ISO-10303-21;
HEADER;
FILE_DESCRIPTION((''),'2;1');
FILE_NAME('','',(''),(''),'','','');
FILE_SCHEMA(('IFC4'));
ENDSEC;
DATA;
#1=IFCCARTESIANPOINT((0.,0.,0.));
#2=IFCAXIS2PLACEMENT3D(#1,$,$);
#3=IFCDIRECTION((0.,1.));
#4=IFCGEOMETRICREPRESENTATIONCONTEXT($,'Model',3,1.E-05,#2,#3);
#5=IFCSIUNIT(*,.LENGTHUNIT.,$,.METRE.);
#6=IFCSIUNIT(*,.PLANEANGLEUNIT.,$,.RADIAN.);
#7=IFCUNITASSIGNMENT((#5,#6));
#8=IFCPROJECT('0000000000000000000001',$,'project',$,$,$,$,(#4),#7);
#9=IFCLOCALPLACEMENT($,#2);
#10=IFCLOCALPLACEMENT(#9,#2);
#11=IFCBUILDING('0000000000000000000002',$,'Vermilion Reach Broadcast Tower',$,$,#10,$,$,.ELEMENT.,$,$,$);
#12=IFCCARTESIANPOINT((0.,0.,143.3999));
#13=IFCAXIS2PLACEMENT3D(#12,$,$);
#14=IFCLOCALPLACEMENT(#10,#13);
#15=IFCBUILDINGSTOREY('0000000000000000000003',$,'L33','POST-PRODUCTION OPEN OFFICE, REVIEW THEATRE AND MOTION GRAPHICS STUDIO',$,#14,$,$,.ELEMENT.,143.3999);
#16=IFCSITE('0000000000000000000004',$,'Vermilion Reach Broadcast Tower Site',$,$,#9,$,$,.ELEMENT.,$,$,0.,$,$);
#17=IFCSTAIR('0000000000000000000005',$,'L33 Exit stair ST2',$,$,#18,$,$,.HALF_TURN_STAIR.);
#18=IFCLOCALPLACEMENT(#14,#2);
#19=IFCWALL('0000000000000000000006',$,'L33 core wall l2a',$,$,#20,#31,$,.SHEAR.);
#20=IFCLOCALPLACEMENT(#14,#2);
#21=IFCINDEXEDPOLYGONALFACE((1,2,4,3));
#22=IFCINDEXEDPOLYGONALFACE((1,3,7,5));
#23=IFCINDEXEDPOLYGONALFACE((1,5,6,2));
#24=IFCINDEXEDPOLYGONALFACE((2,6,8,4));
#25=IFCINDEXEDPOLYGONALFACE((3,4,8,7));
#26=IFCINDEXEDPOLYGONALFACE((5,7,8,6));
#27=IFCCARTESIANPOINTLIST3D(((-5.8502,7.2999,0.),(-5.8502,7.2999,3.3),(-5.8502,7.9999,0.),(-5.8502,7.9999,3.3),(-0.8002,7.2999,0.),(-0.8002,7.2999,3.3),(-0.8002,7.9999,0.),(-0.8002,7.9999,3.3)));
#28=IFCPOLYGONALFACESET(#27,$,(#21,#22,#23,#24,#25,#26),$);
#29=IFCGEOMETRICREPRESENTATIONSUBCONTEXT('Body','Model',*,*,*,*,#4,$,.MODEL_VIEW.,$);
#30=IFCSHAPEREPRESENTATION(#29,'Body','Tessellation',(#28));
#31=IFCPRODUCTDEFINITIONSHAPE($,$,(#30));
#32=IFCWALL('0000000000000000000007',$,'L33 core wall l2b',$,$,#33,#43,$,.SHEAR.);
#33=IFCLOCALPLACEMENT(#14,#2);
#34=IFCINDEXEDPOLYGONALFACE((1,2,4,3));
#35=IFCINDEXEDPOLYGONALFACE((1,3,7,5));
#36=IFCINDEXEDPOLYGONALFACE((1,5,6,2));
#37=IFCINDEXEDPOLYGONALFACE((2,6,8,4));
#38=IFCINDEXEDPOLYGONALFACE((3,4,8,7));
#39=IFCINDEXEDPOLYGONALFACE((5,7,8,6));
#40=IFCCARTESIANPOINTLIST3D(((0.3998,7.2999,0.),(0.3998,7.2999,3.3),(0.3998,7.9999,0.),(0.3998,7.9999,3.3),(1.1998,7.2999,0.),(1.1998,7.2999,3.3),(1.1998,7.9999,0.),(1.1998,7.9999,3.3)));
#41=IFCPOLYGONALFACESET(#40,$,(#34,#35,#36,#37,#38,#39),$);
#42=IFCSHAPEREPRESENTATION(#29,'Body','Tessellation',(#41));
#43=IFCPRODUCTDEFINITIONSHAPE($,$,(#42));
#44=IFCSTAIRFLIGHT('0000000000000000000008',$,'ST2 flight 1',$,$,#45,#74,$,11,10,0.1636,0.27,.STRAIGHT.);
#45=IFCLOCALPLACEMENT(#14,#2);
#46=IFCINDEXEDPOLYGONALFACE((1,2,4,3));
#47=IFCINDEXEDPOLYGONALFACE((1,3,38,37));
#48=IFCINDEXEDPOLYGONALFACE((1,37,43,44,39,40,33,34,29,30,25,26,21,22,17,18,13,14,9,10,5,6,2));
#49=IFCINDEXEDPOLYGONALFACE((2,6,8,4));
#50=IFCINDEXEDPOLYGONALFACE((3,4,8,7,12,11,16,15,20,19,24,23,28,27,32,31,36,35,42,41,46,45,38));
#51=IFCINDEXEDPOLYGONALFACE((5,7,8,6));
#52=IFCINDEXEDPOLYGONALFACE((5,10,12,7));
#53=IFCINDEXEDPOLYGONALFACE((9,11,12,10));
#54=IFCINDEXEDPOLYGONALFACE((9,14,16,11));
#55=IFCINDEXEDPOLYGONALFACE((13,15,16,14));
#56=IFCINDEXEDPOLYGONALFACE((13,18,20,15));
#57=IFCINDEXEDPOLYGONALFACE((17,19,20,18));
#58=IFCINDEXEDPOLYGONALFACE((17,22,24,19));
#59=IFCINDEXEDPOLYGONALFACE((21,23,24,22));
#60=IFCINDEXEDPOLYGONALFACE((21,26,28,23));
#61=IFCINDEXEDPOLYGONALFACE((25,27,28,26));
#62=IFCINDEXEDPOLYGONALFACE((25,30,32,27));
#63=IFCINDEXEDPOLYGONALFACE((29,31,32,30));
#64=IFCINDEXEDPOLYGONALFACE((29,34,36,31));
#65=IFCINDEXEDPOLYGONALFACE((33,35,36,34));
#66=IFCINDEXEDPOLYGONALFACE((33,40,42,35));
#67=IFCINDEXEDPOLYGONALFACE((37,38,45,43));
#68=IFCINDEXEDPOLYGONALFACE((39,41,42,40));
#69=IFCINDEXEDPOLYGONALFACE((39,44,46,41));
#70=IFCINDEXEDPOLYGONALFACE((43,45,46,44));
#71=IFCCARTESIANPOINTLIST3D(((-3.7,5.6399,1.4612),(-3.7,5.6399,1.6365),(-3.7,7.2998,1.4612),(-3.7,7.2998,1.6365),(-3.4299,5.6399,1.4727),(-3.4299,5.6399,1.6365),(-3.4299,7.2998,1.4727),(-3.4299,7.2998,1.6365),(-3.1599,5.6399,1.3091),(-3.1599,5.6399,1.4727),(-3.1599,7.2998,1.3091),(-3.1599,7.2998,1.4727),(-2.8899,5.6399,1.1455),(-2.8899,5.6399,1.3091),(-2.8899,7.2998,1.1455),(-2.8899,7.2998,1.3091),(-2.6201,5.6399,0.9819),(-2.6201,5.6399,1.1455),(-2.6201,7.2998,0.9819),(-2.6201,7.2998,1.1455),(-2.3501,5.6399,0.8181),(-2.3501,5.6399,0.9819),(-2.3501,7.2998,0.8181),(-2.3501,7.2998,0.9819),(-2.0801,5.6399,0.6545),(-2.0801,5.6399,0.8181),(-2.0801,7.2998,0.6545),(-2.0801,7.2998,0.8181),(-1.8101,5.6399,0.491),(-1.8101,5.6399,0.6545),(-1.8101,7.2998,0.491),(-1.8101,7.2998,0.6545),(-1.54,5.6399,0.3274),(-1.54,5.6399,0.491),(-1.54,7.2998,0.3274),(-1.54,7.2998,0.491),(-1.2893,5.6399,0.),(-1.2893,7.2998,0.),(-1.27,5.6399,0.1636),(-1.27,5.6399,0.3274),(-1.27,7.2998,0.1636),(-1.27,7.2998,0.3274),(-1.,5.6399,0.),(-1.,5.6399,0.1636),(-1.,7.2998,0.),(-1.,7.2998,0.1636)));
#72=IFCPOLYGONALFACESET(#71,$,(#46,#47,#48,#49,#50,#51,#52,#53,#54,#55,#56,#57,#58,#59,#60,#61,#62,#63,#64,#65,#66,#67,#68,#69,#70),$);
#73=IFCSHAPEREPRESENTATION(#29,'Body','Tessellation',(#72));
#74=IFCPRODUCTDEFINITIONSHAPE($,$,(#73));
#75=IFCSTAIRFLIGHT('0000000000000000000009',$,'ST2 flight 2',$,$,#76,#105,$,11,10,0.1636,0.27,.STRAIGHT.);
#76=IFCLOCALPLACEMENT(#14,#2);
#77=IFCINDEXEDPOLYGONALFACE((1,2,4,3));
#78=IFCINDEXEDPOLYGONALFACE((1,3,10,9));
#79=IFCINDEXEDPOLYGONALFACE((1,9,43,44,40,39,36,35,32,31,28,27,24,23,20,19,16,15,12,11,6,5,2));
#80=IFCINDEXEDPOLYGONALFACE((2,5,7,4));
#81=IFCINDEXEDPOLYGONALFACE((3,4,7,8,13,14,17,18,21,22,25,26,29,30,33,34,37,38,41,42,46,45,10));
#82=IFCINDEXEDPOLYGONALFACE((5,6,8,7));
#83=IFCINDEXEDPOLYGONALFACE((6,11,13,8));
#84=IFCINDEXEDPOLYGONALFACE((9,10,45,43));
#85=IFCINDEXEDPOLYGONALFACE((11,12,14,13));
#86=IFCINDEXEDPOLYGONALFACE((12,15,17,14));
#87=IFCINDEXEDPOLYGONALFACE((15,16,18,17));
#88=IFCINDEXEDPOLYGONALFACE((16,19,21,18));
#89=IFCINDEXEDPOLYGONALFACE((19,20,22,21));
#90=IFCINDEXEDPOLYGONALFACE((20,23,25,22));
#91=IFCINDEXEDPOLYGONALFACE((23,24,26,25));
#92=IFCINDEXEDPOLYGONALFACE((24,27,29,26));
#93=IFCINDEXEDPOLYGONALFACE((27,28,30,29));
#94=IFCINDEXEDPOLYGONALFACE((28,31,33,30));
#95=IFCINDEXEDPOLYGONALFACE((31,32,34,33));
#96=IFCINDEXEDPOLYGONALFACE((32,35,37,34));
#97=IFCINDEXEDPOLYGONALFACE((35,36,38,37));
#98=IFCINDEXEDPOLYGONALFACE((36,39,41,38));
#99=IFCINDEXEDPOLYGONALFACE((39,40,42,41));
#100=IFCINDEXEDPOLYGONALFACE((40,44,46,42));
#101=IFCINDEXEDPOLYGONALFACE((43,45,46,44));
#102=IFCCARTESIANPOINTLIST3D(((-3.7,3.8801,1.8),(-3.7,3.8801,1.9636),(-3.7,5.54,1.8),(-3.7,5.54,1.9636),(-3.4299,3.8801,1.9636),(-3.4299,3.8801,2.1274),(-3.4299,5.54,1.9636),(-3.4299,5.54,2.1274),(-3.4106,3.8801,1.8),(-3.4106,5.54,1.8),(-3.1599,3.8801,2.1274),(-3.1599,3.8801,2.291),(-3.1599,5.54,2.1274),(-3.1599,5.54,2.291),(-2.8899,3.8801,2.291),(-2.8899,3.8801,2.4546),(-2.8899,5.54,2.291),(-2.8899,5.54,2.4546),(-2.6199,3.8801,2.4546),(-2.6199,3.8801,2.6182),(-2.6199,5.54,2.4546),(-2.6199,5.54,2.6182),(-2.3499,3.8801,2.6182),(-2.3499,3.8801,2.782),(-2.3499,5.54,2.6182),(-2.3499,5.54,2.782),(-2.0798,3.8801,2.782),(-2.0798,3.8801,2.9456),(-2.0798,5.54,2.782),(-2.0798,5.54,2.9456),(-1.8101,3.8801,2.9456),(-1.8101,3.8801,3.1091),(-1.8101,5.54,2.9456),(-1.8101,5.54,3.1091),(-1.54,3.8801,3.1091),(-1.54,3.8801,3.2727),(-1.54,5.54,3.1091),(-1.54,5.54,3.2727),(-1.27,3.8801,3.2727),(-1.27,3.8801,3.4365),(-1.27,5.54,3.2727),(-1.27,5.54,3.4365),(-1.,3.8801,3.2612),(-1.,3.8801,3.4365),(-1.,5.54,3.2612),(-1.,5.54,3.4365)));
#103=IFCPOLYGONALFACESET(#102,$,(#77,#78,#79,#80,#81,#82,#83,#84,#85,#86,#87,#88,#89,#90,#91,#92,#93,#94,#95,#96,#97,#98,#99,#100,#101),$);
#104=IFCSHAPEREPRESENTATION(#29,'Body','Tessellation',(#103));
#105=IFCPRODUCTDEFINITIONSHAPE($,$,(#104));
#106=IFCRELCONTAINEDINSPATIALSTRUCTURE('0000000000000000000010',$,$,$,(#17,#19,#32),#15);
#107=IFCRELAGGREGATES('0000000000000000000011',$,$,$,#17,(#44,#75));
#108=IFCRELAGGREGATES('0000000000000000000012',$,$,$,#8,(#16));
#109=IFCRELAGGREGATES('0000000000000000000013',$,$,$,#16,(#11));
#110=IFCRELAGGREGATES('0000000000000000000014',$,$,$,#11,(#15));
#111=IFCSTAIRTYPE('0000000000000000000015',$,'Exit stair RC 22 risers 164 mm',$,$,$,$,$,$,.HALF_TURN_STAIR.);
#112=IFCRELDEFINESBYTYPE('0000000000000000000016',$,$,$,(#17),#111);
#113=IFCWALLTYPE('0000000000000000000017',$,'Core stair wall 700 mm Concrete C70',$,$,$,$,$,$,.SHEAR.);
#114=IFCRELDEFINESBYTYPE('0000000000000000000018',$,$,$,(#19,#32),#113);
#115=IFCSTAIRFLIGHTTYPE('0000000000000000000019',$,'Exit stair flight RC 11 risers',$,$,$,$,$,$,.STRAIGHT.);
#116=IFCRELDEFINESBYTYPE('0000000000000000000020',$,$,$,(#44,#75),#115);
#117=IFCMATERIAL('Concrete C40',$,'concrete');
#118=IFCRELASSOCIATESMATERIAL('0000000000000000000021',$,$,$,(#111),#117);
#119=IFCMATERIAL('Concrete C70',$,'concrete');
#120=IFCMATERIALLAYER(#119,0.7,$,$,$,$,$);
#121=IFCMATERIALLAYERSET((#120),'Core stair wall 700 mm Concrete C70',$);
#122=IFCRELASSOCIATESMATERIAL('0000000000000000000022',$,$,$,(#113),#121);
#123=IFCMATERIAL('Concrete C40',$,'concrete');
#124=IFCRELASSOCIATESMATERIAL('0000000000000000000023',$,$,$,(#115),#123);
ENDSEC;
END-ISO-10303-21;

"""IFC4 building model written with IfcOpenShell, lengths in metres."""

from ifc_helpers import new_model, si_unit, direction, frame, frame_2d, origin, place, context, subcontext, project, spatial, polyline, rectangle, outline, extrude, material, layer, layer_set, type_object, element, aggregate, save


model = new_model("IFC4")

# Units and contexts
model_context = context("Model", 3, precision=1e-05, world=origin(), true_north=direction((0.0, 1.0)))
body_context = subcontext(model_context, "Body", "Model", "MODEL_VIEW")
ifc_project = project(units=[si_unit("LENGTHUNIT", "METRE"), si_unit("PLANEANGLEUNIT", "RADIAN")], contexts=[model_context])

# Site, building, storey
site_placement = place(None, origin())
site = spatial("IfcSite", under=ifc_project, at=site_placement, Name="Vermilion Reach Broadcast Tower Site", CompositionType="ELEMENT", RefElevation=0.0)
building_placement = place(site_placement, origin())
building = spatial("IfcBuilding", under=site, at=building_placement, Name="Vermilion Reach Broadcast Tower", CompositionType="ELEMENT")
storey_placement = place(building_placement, frame((0.0, 0.0, 143.3999)))
storey = spatial("IfcBuildingStorey", under=building, at=storey_placement, Name="L33", Description="POST-PRODUCTION OPEN OFFICE, REVIEW THEATRE AND MOTION GRAPHICS STUDIO", CompositionType="ELEMENT", Elevation=143.3999)

# Stair
ifc_material_1 = material(Name="Concrete C40", Category="concrete")
stair_type = type_object("IfcStairType", Name="Exit stair RC 22 risers 164 mm", PredefinedType="HALF_TURN_STAIR", material=ifc_material_1)
placement_1 = place(storey_placement, origin())
stair_1 = element("IfcStair", 1, at=placement_1, inside=storey, type_object=stair_type, Name="L33 Exit stair ST2", PredefinedType="HALF_TURN_STAIR")

# Walls
ifc_material_2 = material(Name="Concrete C70", Category="concrete")
ifc_layer_1 = layer(ifc_material_2, 0.7)
ifc_layer_set_1 = layer_set([ifc_layer_1], Name="Core stair wall 700 mm Concrete C70")
wall_type_1 = type_object("IfcWallType", Name="Core stair wall 700 mm Concrete C70", PredefinedType="SHEAR", material=ifc_layer_set_1)
wall_1_placement = place(storey_placement, frame((-5.8501, 7.6499, 0.0), z_axis=(0.0, 0.0, 1.0), x_axis=(1.0, 0.0, 0.0)))
element("IfcWall", 2, at=wall_1_placement, inside=storey, type_object=wall_type_1, Name="L33 core wall l2a", PredefinedType="SHEAR", context=body_context, shape_type="SweptSolid", body=[
    extrude(rectangle(XDim=5.05, YDim=0.7, at=frame_2d((2.5249, 0.0))), origin(), (0.0, 0.0, 1.0), 3.3),
])
wall_2_placement = place(storey_placement, frame((0.3999, 7.6499, 0.0), z_axis=(0.0, 0.0, 1.0), x_axis=(1.0, 0.0, 0.0)))
element("IfcWall", 3, at=wall_2_placement, inside=storey, type_object=wall_type_1, Name="L33 core wall l2b", PredefinedType="SHEAR", context=body_context, shape_type="SweptSolid", body=[
    extrude(rectangle(XDim=0.8, YDim=0.7, at=frame_2d((0.3999, 0.0))), origin(), (0.0, 0.0, 1.0), 3.3),
])

# Stair flights
ifc_material_3 = material(Name="Concrete C40", Category="concrete")
stair_flight_type = type_object("IfcStairFlightType", Name="Exit stair flight RC 11 risers", PredefinedType="STRAIGHT", material=ifc_material_3)
stair_flight_1_placement = place(storey_placement, frame((-1.0, 6.47, 0.0), z_axis=(0.0, 0.0, 1.0), x_axis=(-1.0, 0.0, 0.0)))
stair_flight_1 = element("IfcStairFlight", 4, at=stair_flight_1_placement, type_object=stair_flight_type, Name="ST2 flight 1", NumberOfRisers=11, NumberOfTreads=10, PredefinedType="STRAIGHT", RiserHeight=0.1636, TreadLength=0.27, context=body_context, shape_type="SweptSolid", body=[
    extrude(outline(polyline([(0.0, 0.0), (0.0, 0.1636), (0.27, 0.1636), (0.27, 0.3274), (0.54, 0.3274), (0.54, 0.491), (0.8101, 0.491), (0.8101, 0.6545), (1.0801, 0.6545), (1.0801, 0.8181), (1.3501, 0.8181), (1.3501, 0.9819), (1.6201, 0.9819), (1.6201, 1.1455), (1.8899, 1.1455), (1.8899, 1.3091), (2.1599, 1.3091), (2.1599, 1.4727), (2.4299, 1.4727), (2.4299, 1.6365), (2.7, 1.6365), (2.7, 1.8), (2.7, 1.4612), (0.2893, 0.0), (0.0, 0.0)])), frame((0.0, 0.8301, 0.0), z_axis=(0.0, -1.0, 0.0), x_axis=(1.0, 0.0, 0.0)), (0.0, 0.0, 1.0), 1.6599),
])
stair_flight_2_placement = place(storey_placement, frame((-3.7, 4.71, 1.8), z_axis=(0.0, 0.0, 1.0), x_axis=(1.0, 0.0, 0.0)))
stair_flight_2 = element("IfcStairFlight", 5, at=stair_flight_2_placement, type_object=stair_flight_type, Name="ST2 flight 2", NumberOfRisers=11, NumberOfTreads=10, PredefinedType="STRAIGHT", RiserHeight=0.1636, TreadLength=0.27, context=body_context, shape_type="SweptSolid", body=[
    extrude(outline(polyline([(0.0, 0.0), (0.0, 0.1636), (0.27, 0.1636), (0.27, 0.3274), (0.54, 0.3274), (0.54, 0.491), (0.8101, 0.491), (0.8101, 0.6545), (1.0801, 0.6545), (1.0801, 0.8181), (1.3501, 0.8181), (1.3501, 0.9819), (1.6201, 0.9819), (1.6201, 1.1455), (1.8899, 1.1455), (1.8899, 1.3091), (2.1599, 1.3091), (2.1599, 1.4727), (2.4299, 1.4727), (2.4299, 1.6365), (2.7, 1.6365), (2.7, 1.8), (2.7, 1.4612), (0.2893, 0.0), (0.0, 0.0)])), frame((0.0, 0.8301, 0.0), z_axis=(0.0, -1.0, 0.0), x_axis=(1.0, 0.0, 0.0)), (0.0, 0.0, 1.0), 1.6599),
])
aggregate(stair_1, [stair_flight_1, stair_flight_2])

save(model, "model.ifc")
